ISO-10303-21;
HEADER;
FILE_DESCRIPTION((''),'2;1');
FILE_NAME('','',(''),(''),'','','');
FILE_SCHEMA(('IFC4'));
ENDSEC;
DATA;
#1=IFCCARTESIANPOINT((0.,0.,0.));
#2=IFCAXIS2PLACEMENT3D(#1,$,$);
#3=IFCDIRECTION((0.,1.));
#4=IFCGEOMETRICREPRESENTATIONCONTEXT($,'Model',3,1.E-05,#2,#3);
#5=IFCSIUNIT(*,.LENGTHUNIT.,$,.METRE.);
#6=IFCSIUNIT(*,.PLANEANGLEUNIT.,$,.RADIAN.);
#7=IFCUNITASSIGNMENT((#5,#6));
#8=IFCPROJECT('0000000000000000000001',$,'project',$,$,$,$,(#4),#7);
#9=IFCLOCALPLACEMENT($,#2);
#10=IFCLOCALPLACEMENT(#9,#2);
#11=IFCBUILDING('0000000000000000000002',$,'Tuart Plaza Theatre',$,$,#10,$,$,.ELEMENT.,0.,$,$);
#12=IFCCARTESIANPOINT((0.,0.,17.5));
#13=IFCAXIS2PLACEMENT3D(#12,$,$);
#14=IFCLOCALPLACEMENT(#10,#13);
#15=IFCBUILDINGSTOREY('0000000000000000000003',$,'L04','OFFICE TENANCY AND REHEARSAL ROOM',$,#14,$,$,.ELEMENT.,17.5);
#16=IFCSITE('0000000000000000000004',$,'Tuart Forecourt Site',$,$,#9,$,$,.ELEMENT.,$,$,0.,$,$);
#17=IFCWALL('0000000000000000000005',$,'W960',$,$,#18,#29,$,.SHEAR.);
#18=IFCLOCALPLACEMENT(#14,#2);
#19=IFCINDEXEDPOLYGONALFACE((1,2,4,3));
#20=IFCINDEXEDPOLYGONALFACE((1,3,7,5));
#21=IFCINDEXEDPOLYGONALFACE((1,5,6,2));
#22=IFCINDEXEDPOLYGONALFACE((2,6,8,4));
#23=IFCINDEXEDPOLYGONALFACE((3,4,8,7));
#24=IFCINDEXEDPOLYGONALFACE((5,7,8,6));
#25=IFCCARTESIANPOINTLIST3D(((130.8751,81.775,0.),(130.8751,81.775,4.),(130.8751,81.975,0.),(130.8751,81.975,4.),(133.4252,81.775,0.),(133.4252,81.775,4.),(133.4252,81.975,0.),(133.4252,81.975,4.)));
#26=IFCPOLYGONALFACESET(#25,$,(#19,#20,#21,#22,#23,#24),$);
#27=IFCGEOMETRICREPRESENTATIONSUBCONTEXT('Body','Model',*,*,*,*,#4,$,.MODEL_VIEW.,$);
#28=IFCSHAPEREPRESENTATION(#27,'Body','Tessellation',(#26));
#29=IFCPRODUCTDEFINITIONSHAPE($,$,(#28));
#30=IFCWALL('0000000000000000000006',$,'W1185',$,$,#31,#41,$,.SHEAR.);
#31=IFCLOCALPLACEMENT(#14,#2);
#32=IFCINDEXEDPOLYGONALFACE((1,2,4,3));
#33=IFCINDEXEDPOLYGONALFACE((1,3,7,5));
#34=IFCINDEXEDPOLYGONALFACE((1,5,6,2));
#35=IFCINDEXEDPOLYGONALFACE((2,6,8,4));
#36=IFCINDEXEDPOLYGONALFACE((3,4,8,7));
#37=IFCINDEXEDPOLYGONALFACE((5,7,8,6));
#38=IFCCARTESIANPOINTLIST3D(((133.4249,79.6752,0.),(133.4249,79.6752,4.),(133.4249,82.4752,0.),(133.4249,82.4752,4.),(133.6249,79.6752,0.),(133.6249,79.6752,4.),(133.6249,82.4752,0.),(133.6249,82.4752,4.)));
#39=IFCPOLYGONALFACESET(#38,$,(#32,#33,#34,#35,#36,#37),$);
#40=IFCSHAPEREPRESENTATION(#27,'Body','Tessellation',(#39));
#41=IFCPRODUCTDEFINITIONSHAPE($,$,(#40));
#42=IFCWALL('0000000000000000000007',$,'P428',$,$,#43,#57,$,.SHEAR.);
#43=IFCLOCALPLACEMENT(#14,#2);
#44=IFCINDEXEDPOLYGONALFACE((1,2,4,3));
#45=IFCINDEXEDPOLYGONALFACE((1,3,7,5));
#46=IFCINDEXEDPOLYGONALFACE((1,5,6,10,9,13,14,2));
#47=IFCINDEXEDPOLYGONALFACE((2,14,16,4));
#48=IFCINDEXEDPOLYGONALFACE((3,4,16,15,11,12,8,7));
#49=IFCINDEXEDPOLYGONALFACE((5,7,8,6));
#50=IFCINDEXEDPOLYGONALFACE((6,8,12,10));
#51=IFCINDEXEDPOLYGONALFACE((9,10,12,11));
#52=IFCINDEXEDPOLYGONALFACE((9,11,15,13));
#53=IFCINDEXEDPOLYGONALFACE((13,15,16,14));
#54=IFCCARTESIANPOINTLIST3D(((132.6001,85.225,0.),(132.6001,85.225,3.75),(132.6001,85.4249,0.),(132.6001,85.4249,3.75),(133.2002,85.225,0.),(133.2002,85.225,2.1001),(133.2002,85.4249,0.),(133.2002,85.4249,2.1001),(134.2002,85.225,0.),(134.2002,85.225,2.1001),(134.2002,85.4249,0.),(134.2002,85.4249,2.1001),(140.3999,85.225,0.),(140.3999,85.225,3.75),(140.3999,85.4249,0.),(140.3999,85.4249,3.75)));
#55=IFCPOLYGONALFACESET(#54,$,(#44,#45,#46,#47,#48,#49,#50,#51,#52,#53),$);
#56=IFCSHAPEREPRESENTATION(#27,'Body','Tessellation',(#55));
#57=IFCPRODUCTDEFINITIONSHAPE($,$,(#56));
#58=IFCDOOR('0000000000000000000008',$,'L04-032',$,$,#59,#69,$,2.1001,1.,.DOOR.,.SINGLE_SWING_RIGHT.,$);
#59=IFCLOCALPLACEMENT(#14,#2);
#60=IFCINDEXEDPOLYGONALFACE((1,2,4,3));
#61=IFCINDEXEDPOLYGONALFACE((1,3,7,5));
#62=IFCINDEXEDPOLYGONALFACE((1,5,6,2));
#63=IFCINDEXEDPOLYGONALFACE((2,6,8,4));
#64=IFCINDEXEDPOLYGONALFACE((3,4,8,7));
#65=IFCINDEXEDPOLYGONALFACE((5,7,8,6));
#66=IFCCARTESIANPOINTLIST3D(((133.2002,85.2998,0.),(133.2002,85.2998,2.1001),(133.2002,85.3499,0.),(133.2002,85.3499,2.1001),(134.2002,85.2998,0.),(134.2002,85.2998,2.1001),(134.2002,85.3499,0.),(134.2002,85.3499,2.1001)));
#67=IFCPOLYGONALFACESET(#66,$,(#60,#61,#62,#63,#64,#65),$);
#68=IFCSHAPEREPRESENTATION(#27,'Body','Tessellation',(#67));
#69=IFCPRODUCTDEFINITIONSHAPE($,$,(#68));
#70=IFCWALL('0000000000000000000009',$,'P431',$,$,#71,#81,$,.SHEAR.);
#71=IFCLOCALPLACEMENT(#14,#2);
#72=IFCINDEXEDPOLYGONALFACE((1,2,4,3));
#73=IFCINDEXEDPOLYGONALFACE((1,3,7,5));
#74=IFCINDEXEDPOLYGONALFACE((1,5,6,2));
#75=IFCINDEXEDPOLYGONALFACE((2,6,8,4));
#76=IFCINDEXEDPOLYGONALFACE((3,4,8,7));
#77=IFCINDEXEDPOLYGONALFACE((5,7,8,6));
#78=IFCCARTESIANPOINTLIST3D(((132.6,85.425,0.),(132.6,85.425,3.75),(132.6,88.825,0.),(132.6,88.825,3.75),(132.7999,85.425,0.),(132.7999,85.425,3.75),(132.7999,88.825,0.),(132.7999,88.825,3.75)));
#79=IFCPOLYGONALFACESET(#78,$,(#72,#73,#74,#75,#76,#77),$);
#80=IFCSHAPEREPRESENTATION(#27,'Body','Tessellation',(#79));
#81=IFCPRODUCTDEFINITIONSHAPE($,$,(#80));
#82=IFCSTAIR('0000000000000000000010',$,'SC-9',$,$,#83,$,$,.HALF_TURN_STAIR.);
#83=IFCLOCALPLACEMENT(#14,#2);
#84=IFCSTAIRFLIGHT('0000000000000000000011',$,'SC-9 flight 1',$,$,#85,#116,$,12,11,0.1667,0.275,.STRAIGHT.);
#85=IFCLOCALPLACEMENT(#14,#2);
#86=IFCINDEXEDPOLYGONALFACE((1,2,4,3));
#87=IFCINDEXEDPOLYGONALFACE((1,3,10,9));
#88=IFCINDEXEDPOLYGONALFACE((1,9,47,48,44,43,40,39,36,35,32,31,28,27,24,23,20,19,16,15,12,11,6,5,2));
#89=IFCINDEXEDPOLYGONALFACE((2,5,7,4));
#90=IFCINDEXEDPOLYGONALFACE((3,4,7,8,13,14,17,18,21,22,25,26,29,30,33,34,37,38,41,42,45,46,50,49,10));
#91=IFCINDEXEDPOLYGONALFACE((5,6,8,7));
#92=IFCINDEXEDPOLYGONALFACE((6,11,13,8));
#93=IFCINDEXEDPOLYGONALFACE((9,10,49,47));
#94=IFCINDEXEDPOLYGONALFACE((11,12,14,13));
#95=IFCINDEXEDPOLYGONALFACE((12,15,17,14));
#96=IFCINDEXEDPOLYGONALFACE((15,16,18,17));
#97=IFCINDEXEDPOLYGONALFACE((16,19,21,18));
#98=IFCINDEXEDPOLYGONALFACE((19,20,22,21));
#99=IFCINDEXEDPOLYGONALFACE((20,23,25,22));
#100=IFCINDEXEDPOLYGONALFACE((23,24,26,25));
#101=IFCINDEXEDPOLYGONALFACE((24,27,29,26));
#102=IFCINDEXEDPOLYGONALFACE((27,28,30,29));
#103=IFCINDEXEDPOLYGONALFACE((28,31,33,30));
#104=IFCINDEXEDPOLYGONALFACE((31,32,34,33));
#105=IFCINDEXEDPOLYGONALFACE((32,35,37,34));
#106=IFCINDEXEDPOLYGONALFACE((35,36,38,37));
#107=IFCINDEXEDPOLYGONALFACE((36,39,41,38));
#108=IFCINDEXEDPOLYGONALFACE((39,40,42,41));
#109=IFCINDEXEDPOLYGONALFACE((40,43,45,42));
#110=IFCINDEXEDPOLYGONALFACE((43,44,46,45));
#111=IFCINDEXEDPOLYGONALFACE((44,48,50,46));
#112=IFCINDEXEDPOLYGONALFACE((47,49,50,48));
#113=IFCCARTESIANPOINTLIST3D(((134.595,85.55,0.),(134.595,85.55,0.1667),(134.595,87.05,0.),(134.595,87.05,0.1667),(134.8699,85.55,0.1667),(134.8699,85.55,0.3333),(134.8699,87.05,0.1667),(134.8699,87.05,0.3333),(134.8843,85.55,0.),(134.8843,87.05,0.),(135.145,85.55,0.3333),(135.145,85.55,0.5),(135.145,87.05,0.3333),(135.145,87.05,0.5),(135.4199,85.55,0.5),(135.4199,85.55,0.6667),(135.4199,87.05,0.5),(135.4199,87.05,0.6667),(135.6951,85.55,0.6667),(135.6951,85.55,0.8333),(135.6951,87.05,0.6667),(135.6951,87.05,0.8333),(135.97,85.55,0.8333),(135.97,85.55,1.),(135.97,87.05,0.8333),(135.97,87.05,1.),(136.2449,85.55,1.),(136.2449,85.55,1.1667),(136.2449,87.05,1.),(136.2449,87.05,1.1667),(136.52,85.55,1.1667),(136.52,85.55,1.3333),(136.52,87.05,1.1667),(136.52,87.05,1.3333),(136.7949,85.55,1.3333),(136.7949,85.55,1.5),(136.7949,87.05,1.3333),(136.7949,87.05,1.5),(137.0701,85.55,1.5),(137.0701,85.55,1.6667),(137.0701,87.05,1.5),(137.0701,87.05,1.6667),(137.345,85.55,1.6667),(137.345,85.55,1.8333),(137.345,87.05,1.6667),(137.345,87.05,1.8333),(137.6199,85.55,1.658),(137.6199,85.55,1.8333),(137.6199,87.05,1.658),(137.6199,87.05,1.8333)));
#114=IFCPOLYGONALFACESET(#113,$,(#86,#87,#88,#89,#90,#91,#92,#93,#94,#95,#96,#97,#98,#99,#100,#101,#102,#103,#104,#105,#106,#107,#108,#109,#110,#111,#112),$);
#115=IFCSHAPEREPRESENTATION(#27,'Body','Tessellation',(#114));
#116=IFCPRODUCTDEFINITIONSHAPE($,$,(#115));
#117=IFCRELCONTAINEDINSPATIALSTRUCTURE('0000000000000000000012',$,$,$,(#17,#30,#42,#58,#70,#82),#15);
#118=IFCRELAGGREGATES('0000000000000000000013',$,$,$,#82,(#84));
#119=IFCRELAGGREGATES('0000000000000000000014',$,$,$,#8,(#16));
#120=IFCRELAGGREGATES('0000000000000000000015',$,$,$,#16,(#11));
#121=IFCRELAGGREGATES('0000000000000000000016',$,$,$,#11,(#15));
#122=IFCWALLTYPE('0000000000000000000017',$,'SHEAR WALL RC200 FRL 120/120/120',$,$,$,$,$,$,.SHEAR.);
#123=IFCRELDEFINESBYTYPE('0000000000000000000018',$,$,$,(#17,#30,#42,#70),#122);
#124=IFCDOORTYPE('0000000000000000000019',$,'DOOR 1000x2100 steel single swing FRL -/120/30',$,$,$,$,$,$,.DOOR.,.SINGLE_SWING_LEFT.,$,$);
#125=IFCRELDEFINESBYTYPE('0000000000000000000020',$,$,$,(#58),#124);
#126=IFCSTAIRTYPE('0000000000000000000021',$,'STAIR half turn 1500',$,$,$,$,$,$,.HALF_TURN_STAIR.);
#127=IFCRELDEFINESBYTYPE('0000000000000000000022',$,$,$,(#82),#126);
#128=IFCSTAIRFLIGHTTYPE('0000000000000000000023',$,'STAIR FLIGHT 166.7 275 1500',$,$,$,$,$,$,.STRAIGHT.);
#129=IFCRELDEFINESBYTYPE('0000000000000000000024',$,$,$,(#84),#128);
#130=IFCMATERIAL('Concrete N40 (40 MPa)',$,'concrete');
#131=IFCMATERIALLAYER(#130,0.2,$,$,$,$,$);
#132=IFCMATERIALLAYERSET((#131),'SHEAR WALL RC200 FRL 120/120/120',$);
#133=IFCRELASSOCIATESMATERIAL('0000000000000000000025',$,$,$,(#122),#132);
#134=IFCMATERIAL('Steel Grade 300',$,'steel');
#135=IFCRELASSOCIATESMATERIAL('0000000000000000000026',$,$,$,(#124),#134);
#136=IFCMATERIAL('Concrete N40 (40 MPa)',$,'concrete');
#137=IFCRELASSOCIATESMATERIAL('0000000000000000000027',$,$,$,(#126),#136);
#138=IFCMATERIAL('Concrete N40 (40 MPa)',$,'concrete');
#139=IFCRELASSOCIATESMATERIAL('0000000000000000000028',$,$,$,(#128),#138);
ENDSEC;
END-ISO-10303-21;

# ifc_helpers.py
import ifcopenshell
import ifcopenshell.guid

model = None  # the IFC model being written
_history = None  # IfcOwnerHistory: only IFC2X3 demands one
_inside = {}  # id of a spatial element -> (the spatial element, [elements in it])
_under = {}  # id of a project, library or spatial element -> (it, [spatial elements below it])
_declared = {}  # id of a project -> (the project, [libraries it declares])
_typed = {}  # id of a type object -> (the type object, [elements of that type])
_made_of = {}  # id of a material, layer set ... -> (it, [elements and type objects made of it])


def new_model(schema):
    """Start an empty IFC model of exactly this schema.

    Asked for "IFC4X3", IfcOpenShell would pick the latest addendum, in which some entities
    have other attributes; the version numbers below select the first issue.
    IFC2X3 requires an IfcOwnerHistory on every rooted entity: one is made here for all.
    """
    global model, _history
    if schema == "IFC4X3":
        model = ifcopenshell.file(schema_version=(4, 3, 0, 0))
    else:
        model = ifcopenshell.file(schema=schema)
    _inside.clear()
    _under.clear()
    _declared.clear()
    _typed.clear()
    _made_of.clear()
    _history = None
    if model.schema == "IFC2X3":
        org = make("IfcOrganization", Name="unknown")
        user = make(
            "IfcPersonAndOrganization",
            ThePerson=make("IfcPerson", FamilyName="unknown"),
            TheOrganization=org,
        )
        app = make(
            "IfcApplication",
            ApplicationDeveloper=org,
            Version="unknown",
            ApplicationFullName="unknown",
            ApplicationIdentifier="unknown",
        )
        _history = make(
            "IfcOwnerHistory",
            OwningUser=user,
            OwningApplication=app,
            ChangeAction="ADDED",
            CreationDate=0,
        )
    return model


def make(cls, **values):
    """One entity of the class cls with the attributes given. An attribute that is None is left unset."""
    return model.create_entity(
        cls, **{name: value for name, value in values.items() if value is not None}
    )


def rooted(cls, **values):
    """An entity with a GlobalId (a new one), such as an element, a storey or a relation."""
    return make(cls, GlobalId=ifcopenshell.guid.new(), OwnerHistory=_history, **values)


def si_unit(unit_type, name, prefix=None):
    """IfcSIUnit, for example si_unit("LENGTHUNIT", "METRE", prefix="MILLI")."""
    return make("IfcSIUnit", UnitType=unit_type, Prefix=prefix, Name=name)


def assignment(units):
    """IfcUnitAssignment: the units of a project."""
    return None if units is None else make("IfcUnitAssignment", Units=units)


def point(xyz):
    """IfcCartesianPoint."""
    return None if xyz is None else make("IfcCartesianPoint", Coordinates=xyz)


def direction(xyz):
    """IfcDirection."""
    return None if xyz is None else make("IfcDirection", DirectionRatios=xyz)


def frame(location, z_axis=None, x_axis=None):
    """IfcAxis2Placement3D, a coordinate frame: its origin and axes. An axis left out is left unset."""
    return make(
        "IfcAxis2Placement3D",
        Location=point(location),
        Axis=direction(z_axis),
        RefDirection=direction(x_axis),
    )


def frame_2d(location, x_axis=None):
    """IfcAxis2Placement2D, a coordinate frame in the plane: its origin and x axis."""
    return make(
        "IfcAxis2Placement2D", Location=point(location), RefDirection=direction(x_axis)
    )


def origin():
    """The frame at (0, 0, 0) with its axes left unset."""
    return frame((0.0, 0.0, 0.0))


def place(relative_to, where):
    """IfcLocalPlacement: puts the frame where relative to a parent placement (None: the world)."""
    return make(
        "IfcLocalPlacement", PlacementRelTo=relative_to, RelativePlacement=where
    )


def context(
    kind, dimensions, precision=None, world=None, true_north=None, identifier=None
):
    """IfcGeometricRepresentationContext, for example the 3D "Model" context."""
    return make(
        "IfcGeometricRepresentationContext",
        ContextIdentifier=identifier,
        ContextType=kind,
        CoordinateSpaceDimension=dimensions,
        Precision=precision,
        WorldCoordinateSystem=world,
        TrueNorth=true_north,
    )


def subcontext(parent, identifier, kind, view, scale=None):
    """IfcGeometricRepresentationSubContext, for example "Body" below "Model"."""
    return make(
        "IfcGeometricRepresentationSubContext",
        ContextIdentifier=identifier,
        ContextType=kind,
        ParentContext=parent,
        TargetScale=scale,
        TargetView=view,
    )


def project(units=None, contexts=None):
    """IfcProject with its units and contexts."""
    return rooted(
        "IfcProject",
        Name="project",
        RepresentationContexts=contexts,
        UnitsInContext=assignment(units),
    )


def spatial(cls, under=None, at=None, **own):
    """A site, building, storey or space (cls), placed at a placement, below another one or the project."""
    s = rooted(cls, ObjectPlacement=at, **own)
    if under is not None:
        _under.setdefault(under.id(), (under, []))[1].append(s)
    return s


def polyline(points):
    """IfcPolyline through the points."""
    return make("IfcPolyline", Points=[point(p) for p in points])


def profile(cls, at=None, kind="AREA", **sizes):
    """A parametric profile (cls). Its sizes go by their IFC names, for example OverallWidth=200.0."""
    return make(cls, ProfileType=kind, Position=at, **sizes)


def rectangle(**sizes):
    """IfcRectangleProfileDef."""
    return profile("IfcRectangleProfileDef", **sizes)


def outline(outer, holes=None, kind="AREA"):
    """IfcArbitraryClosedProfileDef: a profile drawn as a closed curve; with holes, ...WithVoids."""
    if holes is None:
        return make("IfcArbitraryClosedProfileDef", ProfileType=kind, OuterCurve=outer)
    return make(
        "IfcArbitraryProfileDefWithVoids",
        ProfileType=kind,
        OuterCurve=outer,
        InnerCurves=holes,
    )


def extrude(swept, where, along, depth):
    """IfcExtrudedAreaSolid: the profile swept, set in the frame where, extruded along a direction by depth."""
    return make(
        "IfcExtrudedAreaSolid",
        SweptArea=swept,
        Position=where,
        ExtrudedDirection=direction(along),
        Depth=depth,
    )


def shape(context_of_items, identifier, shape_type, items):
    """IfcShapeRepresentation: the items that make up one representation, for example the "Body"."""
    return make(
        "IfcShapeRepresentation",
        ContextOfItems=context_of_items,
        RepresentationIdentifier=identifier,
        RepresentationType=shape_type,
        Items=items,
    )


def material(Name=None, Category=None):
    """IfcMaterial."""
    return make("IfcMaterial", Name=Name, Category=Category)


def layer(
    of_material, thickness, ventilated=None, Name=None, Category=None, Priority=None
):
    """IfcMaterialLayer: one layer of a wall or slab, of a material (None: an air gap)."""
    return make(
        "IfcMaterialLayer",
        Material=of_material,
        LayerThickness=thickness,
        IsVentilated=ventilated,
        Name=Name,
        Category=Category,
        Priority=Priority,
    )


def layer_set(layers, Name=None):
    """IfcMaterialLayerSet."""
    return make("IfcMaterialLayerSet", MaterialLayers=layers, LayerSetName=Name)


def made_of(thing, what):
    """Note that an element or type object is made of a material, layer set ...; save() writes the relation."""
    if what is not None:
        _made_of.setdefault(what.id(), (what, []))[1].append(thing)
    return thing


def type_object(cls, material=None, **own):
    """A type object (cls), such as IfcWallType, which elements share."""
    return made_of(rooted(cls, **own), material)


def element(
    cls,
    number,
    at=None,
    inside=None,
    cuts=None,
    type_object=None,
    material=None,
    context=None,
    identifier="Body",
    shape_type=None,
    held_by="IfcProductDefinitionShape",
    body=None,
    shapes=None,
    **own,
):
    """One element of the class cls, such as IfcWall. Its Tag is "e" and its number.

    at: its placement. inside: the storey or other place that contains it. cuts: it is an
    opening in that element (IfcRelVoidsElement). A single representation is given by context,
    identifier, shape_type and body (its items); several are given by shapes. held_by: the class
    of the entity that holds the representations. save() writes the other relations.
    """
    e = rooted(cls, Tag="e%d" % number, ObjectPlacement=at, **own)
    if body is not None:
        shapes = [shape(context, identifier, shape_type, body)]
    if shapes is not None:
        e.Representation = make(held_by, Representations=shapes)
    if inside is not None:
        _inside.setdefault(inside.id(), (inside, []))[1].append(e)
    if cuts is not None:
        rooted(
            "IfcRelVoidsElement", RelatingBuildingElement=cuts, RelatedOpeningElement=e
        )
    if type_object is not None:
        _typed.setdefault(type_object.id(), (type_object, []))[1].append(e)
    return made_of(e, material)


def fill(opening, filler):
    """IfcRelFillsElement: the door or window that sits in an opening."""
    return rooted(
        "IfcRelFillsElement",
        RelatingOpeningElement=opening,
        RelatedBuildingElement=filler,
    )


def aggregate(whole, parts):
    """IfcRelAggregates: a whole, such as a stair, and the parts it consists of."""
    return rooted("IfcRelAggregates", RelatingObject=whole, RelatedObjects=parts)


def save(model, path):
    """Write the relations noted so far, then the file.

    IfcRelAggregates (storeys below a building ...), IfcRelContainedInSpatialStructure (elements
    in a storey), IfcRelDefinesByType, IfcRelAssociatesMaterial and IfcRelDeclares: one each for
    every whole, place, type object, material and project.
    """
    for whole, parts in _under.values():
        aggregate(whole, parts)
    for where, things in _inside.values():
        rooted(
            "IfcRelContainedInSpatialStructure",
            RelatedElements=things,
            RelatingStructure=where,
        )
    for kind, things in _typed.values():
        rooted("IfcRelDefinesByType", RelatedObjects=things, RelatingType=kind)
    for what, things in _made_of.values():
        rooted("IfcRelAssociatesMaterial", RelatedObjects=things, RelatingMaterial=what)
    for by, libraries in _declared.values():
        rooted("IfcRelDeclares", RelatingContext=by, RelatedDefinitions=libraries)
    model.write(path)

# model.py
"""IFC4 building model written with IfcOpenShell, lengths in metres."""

from ifc_helpers import new_model, si_unit, direction, frame, frame_2d, origin, place, context, subcontext, project, spatial, polyline, rectangle, outline, extrude, material, layer, layer_set, type_object, element, fill, aggregate, save


model = new_model("IFC4")

# Units and contexts
model_context = context("Model", 3, precision=1e-05, world=origin(), true_north=direction((0.0, 1.0)))
body_context = subcontext(model_context, "Body", "Model", "MODEL_VIEW")
ifc_project = project(units=[si_unit("LENGTHUNIT", "METRE"), si_unit("PLANEANGLEUNIT", "RADIAN")], contexts=[model_context])

# Site, building, storey
site_placement = place(None, origin())
site = spatial("IfcSite", under=ifc_project, at=site_placement, Name="Tuart Forecourt Site", CompositionType="ELEMENT", RefElevation=0.0)
building_placement = place(site_placement, origin())
building = spatial("IfcBuilding", under=site, at=building_placement, Name="Tuart Plaza Theatre", CompositionType="ELEMENT", ElevationOfRefHeight=0.0)
storey_placement = place(building_placement, frame((0.0, 0.0, 17.5)))
storey = spatial("IfcBuildingStorey", under=building, at=storey_placement, Name="L04", Description="OFFICE TENANCY AND REHEARSAL ROOM", CompositionType="ELEMENT", Elevation=17.5)

# Walls
ifc_material_1 = material(Name="Concrete N40 (40 MPa)", Category="concrete")
ifc_layer_1 = layer(ifc_material_1, 0.2)
ifc_layer_set_1 = layer_set([ifc_layer_1], Name="SHEAR WALL RC200 FRL 120/120/120")
wall_type_1 = type_object("IfcWallType", Name="SHEAR WALL RC200 FRL 120/120/120", PredefinedType="SHEAR", material=ifc_layer_set_1)
for number, where, z_axis, x_axis, name in (
    (1, (133.425, 81.875, 0.0), (0.0, 0.0, 1.0), (-1.0, 0.0, 0.0), "W960"),
):
    element("IfcWall", number, at=place(storey_placement, frame(where, z_axis=z_axis, x_axis=x_axis)), inside=storey, type_object=wall_type_1, Name=name, PredefinedType="SHEAR", context=body_context, shape_type="SweptSolid", body=[
        extrude(rectangle(XDim=2.55, YDim=0.2, at=frame_2d((1.2749, 0.0))), origin(), (0.0, 0.0, 1.0), 4.0),
    ])
wall_1_placement = place(storey_placement, frame((133.5249, 82.4751, 0.0), z_axis=(0.0, 0.0, 1.0), x_axis=(0.0, -1.0, 0.0)))
element("IfcWall", 2, at=wall_1_placement, inside=storey, type_object=wall_type_1, Name="W1185", PredefinedType="SHEAR", context=body_context, shape_type="SweptSolid", body=[
    extrude(rectangle(XDim=2.8, YDim=0.2, at=frame_2d((1.3999, 0.0))), origin(), (0.0, 0.0, 1.0), 4.0),
])

# Wall, opening, door
wall_2_placement = place(storey_placement, frame((132.6001, 85.325, 0.0), z_axis=(0.0, 0.0, 1.0), x_axis=(1.0, 0.0, 0.0)))
wall_2 = element("IfcWall", 3, at=wall_2_placement, inside=storey, type_object=wall_type_1, Name="P428", PredefinedType="SHEAR", context=body_context, shape_type="SweptSolid", body=[
    extrude(rectangle(XDim=7.7998, YDim=0.2, at=frame_2d((3.8999, 0.0))), origin(), (0.0, 0.0, 1.0), 3.75),
])
opening_placement = place(wall_2_placement, frame((0.6001, 0.0, 0.0)))
opening = element("IfcOpeningElement", 4, at=opening_placement, cuts=wall_2, PredefinedType="OPENING", context=body_context, shape_type="SweptSolid", body=[
    extrude(rectangle(XDim=1.0, YDim=2.1001, at=frame_2d((0.5, 1.05))), frame((0.0, 0.1099, 0.0), z_axis=(0.0, -1.0, 0.0), x_axis=(1.0, 0.0, 0.0)), (0.0, 0.0, 1.0), 0.22),
])
ifc_material_2 = material(Name="Steel Grade 300", Category="steel")
door_type = type_object("IfcDoorType", Name="DOOR 1000x2100 steel single swing FRL -/120/30", OperationType="SINGLE_SWING_LEFT", PredefinedType="DOOR", material=ifc_material_2)
door_placement = place(opening_placement, origin())
door = element("IfcDoor", 5, at=door_placement, inside=storey, type_object=door_type, Name="L04-032", OperationType="SINGLE_SWING_RIGHT", OverallHeight=2.1001, OverallWidth=1.0, PredefinedType="DOOR", context=body_context, shape_type="SweptSolid", body=[
    extrude(rectangle(XDim=1.0, YDim=2.1001, at=frame_2d((0.5, 1.05))), frame((0.0, 0.0249, 0.0), z_axis=(0.0, -1.0, 0.0), x_axis=(1.0, 0.0, 0.0)), (0.0, 0.0, 1.0), 0.05),
])
fill(opening, door)

# Wall
wall_3_placement = place(storey_placement, frame((132.7, 88.825, 0.0), z_axis=(0.0, 0.0, 1.0), x_axis=(0.0, -1.0, 0.0)))
element("IfcWall", 6, at=wall_3_placement, inside=storey, type_object=wall_type_1, Name="P431", PredefinedType="SHEAR", context=body_context, shape_type="SweptSolid", body=[
    extrude(rectangle(XDim=3.3999, YDim=0.2, at=frame_2d((1.7, 0.0))), origin(), (0.0, 0.0, 1.0), 3.75),
])

# Stair, stair flight
ifc_material_3 = material(Name="Concrete N40 (40 MPa)", Category="concrete")
stair_type = type_object("IfcStairType", Name="STAIR half turn 1500", PredefinedType="HALF_TURN_STAIR", material=ifc_material_3)
stair_placement = place(storey_placement, origin())
stair = element("IfcStair", 7, at=stair_placement, inside=storey, type_object=stair_type, Name="SC-9", PredefinedType="HALF_TURN_STAIR")
ifc_material_4 = material(Name="Concrete N40 (40 MPa)", Category="concrete")
stair_flight_type = type_object("IfcStairFlightType", Name="STAIR FLIGHT 166.7 275 1500", PredefinedType="STRAIGHT", material=ifc_material_4)
stair_flight_placement = place(storey_placement, frame((134.595, 86.3, 0.0), z_axis=(0.0, 0.0, 1.0), x_axis=(1.0, 0.0, 0.0)))
stair_flight = element("IfcStairFlight", 8, at=stair_flight_placement, type_object=stair_flight_type, Name="SC-9 flight 1", NumberOfRisers=12, NumberOfTreads=11, PredefinedType="STRAIGHT", RiserHeight=0.1667, TreadLength=0.275, context=body_context, shape_type="SweptSolid", body=[
    extrude(outline(polyline([(0.0, 0.0), (0.0, 0.1667), (0.2749, 0.1667), (0.2749, 0.3333), (0.55, 0.3333), (0.55, 0.5), (0.825, 0.5), (0.825, 0.6667), (1.1001, 0.6667), (1.1001, 0.8333), (1.375, 0.8333), (1.375, 1.0), (1.6499, 1.0), (1.6499, 1.1667), (1.925, 1.1667), (1.925, 1.3333), (2.2, 1.3333), (2.2, 1.5), (2.4751, 1.5), (2.4751, 1.6667), (2.75, 1.6667), (2.75, 1.8333), (3.0249, 1.8333), (3.0249, 2.0), (3.0249, 1.658), (0.2893, 0.0), (0.0, 0.0)])), frame((0.0, 0.75, 0.0), z_axis=(0.0, -1.0, 0.0), x_axis=(1.0, 0.0, 0.0)), (0.0, 0.0, 1.0), 1.5),
])
aggregate(stair, [stair_flight])

save(model, "model.ifc")
